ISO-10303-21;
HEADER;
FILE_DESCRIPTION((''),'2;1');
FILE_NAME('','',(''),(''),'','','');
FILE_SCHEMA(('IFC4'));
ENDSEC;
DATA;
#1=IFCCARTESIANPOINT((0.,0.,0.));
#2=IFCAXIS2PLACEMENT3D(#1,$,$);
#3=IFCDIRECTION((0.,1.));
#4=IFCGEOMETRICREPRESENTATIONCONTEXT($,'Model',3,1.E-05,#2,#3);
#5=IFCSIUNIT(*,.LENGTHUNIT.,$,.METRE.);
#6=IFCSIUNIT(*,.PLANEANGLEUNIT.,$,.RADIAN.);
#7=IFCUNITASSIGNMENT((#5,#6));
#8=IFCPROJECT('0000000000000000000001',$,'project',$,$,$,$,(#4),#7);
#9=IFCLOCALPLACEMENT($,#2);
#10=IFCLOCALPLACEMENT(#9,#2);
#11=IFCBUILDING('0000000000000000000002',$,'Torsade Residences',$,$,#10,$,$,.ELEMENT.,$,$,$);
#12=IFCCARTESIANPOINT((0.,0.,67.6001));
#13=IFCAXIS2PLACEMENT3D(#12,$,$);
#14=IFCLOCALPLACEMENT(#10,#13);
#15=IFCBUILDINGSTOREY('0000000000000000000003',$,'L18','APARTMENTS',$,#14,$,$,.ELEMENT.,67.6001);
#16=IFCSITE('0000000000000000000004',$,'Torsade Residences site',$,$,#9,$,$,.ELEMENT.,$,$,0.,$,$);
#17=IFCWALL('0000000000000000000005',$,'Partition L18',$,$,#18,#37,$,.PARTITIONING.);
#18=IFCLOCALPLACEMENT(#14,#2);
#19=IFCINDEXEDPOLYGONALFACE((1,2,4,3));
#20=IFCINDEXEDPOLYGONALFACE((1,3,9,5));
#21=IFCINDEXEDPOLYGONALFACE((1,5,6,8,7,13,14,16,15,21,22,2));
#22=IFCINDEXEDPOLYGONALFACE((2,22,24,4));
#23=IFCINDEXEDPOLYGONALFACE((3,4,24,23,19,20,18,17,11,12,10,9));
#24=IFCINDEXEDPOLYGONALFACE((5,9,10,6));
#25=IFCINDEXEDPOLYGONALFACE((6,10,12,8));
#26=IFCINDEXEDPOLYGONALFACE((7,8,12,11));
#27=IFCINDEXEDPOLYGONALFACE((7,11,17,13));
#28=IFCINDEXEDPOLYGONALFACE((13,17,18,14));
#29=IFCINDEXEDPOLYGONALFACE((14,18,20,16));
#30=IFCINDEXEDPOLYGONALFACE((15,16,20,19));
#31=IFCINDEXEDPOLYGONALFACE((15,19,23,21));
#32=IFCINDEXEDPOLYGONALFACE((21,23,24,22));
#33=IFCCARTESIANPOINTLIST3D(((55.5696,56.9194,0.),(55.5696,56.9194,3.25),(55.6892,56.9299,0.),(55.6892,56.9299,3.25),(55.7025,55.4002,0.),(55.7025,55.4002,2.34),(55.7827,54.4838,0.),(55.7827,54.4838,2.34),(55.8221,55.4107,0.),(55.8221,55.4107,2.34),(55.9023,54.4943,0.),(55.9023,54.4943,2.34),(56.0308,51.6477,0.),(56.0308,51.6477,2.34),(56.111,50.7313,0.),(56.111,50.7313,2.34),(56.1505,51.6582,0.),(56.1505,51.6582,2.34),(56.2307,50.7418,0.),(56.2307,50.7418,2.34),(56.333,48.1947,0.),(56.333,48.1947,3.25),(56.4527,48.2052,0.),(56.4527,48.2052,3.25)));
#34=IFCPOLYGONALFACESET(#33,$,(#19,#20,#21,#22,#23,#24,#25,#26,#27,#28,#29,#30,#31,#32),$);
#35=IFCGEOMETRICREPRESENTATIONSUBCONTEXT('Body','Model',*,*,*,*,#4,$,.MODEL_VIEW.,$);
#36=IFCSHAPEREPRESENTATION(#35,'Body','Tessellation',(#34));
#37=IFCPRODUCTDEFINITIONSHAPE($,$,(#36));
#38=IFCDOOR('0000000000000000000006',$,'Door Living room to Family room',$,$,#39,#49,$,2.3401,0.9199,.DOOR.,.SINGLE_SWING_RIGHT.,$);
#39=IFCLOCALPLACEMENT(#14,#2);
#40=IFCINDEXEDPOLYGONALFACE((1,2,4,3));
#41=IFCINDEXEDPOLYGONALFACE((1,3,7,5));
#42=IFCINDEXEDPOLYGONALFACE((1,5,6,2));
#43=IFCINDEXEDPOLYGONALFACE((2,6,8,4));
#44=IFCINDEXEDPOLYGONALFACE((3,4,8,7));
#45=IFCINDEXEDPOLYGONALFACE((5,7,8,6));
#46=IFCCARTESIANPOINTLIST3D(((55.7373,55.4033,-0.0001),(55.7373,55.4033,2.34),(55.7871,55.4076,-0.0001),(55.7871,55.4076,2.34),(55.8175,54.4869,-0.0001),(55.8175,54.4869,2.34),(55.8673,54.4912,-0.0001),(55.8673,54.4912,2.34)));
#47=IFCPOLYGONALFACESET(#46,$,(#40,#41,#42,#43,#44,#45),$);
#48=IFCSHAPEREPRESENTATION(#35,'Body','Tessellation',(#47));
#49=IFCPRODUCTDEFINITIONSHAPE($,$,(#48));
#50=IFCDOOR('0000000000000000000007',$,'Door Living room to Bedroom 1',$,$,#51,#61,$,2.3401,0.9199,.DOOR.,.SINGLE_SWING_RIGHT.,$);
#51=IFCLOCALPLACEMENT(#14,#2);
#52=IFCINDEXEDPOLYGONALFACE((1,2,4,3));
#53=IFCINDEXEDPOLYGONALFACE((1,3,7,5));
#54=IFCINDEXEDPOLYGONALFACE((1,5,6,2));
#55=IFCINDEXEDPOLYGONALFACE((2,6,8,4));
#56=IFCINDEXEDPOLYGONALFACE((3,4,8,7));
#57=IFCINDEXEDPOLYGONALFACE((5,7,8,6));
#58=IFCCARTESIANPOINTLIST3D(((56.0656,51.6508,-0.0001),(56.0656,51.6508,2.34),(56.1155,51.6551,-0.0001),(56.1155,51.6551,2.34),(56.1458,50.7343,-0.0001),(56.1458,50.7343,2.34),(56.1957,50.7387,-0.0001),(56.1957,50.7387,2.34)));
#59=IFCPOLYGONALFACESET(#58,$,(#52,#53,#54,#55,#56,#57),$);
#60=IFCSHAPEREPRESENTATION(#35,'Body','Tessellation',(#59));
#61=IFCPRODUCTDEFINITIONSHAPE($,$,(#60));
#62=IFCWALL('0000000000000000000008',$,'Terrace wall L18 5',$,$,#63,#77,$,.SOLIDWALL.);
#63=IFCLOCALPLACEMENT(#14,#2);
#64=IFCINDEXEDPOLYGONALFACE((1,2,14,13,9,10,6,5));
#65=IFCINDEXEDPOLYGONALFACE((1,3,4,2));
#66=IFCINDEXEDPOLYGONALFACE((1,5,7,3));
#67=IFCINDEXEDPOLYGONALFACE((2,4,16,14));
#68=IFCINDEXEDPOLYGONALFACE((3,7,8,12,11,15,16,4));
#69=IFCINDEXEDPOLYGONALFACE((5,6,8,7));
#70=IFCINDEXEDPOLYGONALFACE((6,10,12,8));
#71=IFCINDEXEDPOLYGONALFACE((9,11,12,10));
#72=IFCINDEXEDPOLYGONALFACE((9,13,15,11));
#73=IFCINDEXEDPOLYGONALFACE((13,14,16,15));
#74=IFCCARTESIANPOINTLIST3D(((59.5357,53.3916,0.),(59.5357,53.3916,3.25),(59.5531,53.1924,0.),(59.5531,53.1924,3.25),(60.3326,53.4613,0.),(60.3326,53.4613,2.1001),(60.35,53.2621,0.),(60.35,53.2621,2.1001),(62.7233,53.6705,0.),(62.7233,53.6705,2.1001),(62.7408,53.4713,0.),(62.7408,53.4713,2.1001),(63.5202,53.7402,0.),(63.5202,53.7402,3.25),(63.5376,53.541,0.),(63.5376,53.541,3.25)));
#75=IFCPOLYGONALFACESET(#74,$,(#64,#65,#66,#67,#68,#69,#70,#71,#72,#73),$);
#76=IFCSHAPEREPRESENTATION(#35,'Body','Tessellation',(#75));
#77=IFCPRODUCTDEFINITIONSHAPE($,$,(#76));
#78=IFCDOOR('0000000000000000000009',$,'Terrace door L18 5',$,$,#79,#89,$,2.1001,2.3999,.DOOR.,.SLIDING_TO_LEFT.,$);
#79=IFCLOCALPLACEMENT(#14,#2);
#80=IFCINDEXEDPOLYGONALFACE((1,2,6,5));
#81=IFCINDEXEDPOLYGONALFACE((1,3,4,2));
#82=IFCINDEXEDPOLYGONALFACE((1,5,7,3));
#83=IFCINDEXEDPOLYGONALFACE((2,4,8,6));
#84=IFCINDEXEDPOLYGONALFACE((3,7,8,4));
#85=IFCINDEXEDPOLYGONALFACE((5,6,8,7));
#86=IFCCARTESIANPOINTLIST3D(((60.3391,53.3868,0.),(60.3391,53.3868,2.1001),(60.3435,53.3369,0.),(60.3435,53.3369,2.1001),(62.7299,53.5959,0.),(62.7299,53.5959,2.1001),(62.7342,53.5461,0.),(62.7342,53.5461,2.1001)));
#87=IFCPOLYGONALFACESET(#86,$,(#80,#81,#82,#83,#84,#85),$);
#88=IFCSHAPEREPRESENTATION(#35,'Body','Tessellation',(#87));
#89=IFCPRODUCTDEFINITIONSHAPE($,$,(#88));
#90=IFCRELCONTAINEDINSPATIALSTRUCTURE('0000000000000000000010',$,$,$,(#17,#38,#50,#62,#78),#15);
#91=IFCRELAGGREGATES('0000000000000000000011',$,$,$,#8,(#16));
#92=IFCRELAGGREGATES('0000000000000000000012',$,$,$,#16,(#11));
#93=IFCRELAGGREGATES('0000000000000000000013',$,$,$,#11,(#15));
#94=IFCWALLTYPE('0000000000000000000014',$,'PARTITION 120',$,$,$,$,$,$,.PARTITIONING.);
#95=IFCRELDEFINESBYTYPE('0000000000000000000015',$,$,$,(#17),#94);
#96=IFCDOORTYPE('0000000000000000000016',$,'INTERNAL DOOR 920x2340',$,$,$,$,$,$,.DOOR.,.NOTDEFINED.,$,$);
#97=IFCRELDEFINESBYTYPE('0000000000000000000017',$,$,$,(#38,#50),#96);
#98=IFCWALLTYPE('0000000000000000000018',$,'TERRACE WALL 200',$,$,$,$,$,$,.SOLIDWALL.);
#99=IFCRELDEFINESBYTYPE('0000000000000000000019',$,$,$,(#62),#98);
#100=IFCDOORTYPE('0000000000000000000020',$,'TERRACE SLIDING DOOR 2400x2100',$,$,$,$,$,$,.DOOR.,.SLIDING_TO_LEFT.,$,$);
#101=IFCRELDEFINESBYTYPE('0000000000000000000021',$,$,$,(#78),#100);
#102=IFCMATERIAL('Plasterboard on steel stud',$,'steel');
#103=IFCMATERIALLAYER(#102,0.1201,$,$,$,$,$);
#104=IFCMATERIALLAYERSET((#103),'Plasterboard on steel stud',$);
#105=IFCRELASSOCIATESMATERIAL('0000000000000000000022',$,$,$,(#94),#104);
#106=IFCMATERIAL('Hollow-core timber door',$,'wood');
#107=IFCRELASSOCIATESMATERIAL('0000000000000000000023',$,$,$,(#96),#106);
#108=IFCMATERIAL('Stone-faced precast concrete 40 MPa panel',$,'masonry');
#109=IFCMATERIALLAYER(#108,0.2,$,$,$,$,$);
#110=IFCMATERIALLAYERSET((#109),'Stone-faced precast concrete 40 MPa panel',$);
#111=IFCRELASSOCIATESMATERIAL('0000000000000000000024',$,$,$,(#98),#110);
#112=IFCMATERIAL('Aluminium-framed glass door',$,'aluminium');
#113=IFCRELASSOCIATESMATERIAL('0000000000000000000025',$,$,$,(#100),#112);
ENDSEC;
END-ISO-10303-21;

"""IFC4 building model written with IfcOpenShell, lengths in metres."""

from ifc_helpers import new_model, si_unit, direction, frame, frame_2d, origin, place, context, subcontext, project, spatial, rectangle, extrude, material, layer, layer_set, type_object, element, fill, save


model = new_model("IFC4")

# Units and contexts
model_context = context("Model", 3, precision=1e-05, world=origin(), true_north=direction((0.0, 1.0)))
body_context = subcontext(model_context, "Body", "Model", "MODEL_VIEW")
ifc_project = project(units=[si_unit("LENGTHUNIT", "METRE"), si_unit("PLANEANGLEUNIT", "RADIAN")], contexts=[model_context])

# Site, building, storey
site_placement = place(None, origin())
site = spatial("IfcSite", under=ifc_project, at=site_placement, Name="Torsade Residences site", CompositionType="ELEMENT", RefElevation=0.0)
building_placement = place(site_placement, origin())
building = spatial("IfcBuilding", under=site, at=building_placement, Name="Torsade Residences", CompositionType="ELEMENT")
storey_placement = place(building_placement, frame((0.0, 0.0, 67.6001)))
storey = spatial("IfcBuildingStorey", under=building, at=storey_placement, Name="L18", Description="APARTMENTS", CompositionType="ELEMENT", Elevation=67.6001)

# Wall, openings, doors
ifc_material_1 = material(Name="Plasterboard on steel stud", Category="steel")
ifc_layer_1 = layer(ifc_material_1, 0.1201)
ifc_layer_set_1 = layer_set([ifc_layer_1], Name="Plasterboard on steel stud")
wall_type_1 = type_object("IfcWallType", Name="PARTITION 120", PredefinedType="PARTITIONING", material=ifc_layer_set_1)
wall_1_placement = place(storey_placement, frame((55.6294, 56.9246, 0.0), z_axis=(0.0, 0.0, 1.0), x_axis=(0.08717, -0.996193, 0.0)))
wall_1 = element("IfcWall", 1, at=wall_1_placement, inside=storey, type_object=wall_type_1, Name="Partition L18", PredefinedType="PARTITIONING", context=body_context, shape_type="SweptSolid", body=[
    extrude(rectangle(XDim=8.7581, YDim=0.1201, at=frame_2d((4.3789, 0.0))), origin(), (0.0, 0.0, 1.0), 3.25),
])
opening_1_placement = place(wall_1_placement, frame((1.5249, 0.0, 0.0)))
opening_1 = element("IfcOpeningElement", 2, at=opening_1_placement, cuts=wall_1, PredefinedType="OPENING", context=body_context, shape_type="SweptSolid", body=[
    extrude(rectangle(XDim=0.9199, YDim=2.3401, at=frame_2d((0.46, 1.1699))), frame((0.0, 0.0701, 0.0), z_axis=(0.0, -1.0, 0.0), x_axis=(1.0, 0.0, 0.0)), (0.0, 0.0, 1.0), 0.1401),
])
opening_2_placement = place(wall_1_placement, frame((5.2917, 0.0, 0.0)))
opening_2 = element("IfcOpeningElement", 3, at=opening_2_placement, cuts=wall_1, PredefinedType="OPENING", context=body_context, shape_type="SweptSolid", body=[
    extrude(rectangle(XDim=0.9199, YDim=2.3401, at=frame_2d((0.46, 1.1699))), frame((0.0, 0.0701, 0.0), z_axis=(0.0, -1.0, 0.0), x_axis=(1.0, 0.0, 0.0)), (0.0, 0.0, 1.0), 0.1401),
])
ifc_material_2 = material(Name="Hollow-core timber door", Category="wood")
door_type_1 = type_object("IfcDoorType", Name="INTERNAL DOOR 920x2340", OperationType="NOTDEFINED", PredefinedType="DOOR", material=ifc_material_2)
door_1_placement = place(opening_1_placement, origin())
door_1 = element("IfcDoor", 4, at=door_1_placement, inside=storey, type_object=door_type_1, Name="Door Living room to Family room", OperationType="SINGLE_SWING_RIGHT", OverallHeight=2.3401, OverallWidth=0.9199, PredefinedType="DOOR", context=body_context, shape_type="SweptSolid", body=[
    extrude(rectangle(XDim=0.9199, YDim=2.3401, at=frame_2d((0.46, 1.1699))), frame((0.0, 0.0249, 0.0), z_axis=(0.0, -1.0, 0.0), x_axis=(1.0, 0.0, 0.0)), (0.0, 0.0, 1.0), 0.05),
])
fill(opening_1, door_1)
door_2_placement = place(opening_2_placement, origin())
door_2 = element("IfcDoor", 5, at=door_2_placement, inside=storey, type_object=door_type_1, Name="Door Living room to Bedroom 1", OperationType="SINGLE_SWING_RIGHT", OverallHeight=2.3401, OverallWidth=0.9199, PredefinedType="DOOR", context=body_context, shape_type="SweptSolid", body=[
    extrude(rectangle(XDim=0.9199, YDim=2.3401, at=frame_2d((0.46, 1.1699))), frame((0.0, 0.0249, 0.0), z_axis=(0.0, -1.0, 0.0), x_axis=(1.0, 0.0, 0.0)), (0.0, 0.0, 1.0), 0.05),
])
fill(opening_2, door_2)

# Wall, opening, door
ifc_material_3 = material(Name="Stone-faced precast concrete 40 MPa panel", Category="masonry")
ifc_layer_2 = layer(ifc_material_3, 0.2)
ifc_layer_set_2 = layer_set([ifc_layer_2], Name="Stone-faced precast concrete 40 MPa panel")
wall_type_2 = type_object("IfcWallType", Name="TERRACE WALL 200", PredefinedType="SOLIDWALL", material=ifc_layer_set_2)
wall_2_placement = place(storey_placement, frame((63.5291, 53.6406, 0.0), z_axis=(0.0, 0.0, 1.0), x_axis=(-0.996194, -0.087162, 0.0)))
wall_2 = element("IfcWall", 6, at=wall_2_placement, inside=storey, type_object=wall_type_2, Name="Terrace wall L18 5", PredefinedType="SOLIDWALL", context=body_context, shape_type="SweptSolid", body=[
    extrude(rectangle(XDim=3.9998, YDim=0.2, at=frame_2d((2.0, 0.0))), origin(), (0.0, 0.0, 1.0), 3.25),
])
opening_3_placement = place(wall_2_placement, frame((0.8, 0.0, 0.0)))
opening_3 = element("IfcOpeningElement", 7, at=opening_3_placement, cuts=wall_2, PredefinedType="OPENING", context=body_context, shape_type="SweptSolid", body=[
    extrude(rectangle(XDim=2.3999, YDim=2.1001, at=frame_2d((1.2, 1.05))), frame((0.0, 0.1099, 0.0), z_axis=(0.0, -1.0, 0.0), x_axis=(1.0, 0.0, 0.0)), (0.0, 0.0, 1.0), 0.22),
])
ifc_material_4 = material(Name="Aluminium-framed glass door", Category="aluminium")
door_type_2 = type_object("IfcDoorType", Name="TERRACE SLIDING DOOR 2400x2100", OperationType="SLIDING_TO_LEFT", PredefinedType="DOOR", material=ifc_material_4)
door_3_placement = place(opening_3_placement, origin())
door_3 = element("IfcDoor", 8, at=door_3_placement, inside=storey, type_object=door_type_2, Name="Terrace door L18 5", OperationType="SLIDING_TO_LEFT", OverallHeight=2.1001, OverallWidth=2.3999, PredefinedType="DOOR", context=body_context, shape_type="SweptSolid", body=[
    extrude(rectangle(XDim=2.3999, YDim=2.1001, at=frame_2d((1.2, 1.05))), frame((0.0, 0.0249, 0.0), z_axis=(0.0, -1.0, 0.0), x_axis=(1.0, 0.0, 0.0)), (0.0, 0.0, 1.0), 0.05),
])
fill(opening_3, door_3)

save(model, "model.ifc")
